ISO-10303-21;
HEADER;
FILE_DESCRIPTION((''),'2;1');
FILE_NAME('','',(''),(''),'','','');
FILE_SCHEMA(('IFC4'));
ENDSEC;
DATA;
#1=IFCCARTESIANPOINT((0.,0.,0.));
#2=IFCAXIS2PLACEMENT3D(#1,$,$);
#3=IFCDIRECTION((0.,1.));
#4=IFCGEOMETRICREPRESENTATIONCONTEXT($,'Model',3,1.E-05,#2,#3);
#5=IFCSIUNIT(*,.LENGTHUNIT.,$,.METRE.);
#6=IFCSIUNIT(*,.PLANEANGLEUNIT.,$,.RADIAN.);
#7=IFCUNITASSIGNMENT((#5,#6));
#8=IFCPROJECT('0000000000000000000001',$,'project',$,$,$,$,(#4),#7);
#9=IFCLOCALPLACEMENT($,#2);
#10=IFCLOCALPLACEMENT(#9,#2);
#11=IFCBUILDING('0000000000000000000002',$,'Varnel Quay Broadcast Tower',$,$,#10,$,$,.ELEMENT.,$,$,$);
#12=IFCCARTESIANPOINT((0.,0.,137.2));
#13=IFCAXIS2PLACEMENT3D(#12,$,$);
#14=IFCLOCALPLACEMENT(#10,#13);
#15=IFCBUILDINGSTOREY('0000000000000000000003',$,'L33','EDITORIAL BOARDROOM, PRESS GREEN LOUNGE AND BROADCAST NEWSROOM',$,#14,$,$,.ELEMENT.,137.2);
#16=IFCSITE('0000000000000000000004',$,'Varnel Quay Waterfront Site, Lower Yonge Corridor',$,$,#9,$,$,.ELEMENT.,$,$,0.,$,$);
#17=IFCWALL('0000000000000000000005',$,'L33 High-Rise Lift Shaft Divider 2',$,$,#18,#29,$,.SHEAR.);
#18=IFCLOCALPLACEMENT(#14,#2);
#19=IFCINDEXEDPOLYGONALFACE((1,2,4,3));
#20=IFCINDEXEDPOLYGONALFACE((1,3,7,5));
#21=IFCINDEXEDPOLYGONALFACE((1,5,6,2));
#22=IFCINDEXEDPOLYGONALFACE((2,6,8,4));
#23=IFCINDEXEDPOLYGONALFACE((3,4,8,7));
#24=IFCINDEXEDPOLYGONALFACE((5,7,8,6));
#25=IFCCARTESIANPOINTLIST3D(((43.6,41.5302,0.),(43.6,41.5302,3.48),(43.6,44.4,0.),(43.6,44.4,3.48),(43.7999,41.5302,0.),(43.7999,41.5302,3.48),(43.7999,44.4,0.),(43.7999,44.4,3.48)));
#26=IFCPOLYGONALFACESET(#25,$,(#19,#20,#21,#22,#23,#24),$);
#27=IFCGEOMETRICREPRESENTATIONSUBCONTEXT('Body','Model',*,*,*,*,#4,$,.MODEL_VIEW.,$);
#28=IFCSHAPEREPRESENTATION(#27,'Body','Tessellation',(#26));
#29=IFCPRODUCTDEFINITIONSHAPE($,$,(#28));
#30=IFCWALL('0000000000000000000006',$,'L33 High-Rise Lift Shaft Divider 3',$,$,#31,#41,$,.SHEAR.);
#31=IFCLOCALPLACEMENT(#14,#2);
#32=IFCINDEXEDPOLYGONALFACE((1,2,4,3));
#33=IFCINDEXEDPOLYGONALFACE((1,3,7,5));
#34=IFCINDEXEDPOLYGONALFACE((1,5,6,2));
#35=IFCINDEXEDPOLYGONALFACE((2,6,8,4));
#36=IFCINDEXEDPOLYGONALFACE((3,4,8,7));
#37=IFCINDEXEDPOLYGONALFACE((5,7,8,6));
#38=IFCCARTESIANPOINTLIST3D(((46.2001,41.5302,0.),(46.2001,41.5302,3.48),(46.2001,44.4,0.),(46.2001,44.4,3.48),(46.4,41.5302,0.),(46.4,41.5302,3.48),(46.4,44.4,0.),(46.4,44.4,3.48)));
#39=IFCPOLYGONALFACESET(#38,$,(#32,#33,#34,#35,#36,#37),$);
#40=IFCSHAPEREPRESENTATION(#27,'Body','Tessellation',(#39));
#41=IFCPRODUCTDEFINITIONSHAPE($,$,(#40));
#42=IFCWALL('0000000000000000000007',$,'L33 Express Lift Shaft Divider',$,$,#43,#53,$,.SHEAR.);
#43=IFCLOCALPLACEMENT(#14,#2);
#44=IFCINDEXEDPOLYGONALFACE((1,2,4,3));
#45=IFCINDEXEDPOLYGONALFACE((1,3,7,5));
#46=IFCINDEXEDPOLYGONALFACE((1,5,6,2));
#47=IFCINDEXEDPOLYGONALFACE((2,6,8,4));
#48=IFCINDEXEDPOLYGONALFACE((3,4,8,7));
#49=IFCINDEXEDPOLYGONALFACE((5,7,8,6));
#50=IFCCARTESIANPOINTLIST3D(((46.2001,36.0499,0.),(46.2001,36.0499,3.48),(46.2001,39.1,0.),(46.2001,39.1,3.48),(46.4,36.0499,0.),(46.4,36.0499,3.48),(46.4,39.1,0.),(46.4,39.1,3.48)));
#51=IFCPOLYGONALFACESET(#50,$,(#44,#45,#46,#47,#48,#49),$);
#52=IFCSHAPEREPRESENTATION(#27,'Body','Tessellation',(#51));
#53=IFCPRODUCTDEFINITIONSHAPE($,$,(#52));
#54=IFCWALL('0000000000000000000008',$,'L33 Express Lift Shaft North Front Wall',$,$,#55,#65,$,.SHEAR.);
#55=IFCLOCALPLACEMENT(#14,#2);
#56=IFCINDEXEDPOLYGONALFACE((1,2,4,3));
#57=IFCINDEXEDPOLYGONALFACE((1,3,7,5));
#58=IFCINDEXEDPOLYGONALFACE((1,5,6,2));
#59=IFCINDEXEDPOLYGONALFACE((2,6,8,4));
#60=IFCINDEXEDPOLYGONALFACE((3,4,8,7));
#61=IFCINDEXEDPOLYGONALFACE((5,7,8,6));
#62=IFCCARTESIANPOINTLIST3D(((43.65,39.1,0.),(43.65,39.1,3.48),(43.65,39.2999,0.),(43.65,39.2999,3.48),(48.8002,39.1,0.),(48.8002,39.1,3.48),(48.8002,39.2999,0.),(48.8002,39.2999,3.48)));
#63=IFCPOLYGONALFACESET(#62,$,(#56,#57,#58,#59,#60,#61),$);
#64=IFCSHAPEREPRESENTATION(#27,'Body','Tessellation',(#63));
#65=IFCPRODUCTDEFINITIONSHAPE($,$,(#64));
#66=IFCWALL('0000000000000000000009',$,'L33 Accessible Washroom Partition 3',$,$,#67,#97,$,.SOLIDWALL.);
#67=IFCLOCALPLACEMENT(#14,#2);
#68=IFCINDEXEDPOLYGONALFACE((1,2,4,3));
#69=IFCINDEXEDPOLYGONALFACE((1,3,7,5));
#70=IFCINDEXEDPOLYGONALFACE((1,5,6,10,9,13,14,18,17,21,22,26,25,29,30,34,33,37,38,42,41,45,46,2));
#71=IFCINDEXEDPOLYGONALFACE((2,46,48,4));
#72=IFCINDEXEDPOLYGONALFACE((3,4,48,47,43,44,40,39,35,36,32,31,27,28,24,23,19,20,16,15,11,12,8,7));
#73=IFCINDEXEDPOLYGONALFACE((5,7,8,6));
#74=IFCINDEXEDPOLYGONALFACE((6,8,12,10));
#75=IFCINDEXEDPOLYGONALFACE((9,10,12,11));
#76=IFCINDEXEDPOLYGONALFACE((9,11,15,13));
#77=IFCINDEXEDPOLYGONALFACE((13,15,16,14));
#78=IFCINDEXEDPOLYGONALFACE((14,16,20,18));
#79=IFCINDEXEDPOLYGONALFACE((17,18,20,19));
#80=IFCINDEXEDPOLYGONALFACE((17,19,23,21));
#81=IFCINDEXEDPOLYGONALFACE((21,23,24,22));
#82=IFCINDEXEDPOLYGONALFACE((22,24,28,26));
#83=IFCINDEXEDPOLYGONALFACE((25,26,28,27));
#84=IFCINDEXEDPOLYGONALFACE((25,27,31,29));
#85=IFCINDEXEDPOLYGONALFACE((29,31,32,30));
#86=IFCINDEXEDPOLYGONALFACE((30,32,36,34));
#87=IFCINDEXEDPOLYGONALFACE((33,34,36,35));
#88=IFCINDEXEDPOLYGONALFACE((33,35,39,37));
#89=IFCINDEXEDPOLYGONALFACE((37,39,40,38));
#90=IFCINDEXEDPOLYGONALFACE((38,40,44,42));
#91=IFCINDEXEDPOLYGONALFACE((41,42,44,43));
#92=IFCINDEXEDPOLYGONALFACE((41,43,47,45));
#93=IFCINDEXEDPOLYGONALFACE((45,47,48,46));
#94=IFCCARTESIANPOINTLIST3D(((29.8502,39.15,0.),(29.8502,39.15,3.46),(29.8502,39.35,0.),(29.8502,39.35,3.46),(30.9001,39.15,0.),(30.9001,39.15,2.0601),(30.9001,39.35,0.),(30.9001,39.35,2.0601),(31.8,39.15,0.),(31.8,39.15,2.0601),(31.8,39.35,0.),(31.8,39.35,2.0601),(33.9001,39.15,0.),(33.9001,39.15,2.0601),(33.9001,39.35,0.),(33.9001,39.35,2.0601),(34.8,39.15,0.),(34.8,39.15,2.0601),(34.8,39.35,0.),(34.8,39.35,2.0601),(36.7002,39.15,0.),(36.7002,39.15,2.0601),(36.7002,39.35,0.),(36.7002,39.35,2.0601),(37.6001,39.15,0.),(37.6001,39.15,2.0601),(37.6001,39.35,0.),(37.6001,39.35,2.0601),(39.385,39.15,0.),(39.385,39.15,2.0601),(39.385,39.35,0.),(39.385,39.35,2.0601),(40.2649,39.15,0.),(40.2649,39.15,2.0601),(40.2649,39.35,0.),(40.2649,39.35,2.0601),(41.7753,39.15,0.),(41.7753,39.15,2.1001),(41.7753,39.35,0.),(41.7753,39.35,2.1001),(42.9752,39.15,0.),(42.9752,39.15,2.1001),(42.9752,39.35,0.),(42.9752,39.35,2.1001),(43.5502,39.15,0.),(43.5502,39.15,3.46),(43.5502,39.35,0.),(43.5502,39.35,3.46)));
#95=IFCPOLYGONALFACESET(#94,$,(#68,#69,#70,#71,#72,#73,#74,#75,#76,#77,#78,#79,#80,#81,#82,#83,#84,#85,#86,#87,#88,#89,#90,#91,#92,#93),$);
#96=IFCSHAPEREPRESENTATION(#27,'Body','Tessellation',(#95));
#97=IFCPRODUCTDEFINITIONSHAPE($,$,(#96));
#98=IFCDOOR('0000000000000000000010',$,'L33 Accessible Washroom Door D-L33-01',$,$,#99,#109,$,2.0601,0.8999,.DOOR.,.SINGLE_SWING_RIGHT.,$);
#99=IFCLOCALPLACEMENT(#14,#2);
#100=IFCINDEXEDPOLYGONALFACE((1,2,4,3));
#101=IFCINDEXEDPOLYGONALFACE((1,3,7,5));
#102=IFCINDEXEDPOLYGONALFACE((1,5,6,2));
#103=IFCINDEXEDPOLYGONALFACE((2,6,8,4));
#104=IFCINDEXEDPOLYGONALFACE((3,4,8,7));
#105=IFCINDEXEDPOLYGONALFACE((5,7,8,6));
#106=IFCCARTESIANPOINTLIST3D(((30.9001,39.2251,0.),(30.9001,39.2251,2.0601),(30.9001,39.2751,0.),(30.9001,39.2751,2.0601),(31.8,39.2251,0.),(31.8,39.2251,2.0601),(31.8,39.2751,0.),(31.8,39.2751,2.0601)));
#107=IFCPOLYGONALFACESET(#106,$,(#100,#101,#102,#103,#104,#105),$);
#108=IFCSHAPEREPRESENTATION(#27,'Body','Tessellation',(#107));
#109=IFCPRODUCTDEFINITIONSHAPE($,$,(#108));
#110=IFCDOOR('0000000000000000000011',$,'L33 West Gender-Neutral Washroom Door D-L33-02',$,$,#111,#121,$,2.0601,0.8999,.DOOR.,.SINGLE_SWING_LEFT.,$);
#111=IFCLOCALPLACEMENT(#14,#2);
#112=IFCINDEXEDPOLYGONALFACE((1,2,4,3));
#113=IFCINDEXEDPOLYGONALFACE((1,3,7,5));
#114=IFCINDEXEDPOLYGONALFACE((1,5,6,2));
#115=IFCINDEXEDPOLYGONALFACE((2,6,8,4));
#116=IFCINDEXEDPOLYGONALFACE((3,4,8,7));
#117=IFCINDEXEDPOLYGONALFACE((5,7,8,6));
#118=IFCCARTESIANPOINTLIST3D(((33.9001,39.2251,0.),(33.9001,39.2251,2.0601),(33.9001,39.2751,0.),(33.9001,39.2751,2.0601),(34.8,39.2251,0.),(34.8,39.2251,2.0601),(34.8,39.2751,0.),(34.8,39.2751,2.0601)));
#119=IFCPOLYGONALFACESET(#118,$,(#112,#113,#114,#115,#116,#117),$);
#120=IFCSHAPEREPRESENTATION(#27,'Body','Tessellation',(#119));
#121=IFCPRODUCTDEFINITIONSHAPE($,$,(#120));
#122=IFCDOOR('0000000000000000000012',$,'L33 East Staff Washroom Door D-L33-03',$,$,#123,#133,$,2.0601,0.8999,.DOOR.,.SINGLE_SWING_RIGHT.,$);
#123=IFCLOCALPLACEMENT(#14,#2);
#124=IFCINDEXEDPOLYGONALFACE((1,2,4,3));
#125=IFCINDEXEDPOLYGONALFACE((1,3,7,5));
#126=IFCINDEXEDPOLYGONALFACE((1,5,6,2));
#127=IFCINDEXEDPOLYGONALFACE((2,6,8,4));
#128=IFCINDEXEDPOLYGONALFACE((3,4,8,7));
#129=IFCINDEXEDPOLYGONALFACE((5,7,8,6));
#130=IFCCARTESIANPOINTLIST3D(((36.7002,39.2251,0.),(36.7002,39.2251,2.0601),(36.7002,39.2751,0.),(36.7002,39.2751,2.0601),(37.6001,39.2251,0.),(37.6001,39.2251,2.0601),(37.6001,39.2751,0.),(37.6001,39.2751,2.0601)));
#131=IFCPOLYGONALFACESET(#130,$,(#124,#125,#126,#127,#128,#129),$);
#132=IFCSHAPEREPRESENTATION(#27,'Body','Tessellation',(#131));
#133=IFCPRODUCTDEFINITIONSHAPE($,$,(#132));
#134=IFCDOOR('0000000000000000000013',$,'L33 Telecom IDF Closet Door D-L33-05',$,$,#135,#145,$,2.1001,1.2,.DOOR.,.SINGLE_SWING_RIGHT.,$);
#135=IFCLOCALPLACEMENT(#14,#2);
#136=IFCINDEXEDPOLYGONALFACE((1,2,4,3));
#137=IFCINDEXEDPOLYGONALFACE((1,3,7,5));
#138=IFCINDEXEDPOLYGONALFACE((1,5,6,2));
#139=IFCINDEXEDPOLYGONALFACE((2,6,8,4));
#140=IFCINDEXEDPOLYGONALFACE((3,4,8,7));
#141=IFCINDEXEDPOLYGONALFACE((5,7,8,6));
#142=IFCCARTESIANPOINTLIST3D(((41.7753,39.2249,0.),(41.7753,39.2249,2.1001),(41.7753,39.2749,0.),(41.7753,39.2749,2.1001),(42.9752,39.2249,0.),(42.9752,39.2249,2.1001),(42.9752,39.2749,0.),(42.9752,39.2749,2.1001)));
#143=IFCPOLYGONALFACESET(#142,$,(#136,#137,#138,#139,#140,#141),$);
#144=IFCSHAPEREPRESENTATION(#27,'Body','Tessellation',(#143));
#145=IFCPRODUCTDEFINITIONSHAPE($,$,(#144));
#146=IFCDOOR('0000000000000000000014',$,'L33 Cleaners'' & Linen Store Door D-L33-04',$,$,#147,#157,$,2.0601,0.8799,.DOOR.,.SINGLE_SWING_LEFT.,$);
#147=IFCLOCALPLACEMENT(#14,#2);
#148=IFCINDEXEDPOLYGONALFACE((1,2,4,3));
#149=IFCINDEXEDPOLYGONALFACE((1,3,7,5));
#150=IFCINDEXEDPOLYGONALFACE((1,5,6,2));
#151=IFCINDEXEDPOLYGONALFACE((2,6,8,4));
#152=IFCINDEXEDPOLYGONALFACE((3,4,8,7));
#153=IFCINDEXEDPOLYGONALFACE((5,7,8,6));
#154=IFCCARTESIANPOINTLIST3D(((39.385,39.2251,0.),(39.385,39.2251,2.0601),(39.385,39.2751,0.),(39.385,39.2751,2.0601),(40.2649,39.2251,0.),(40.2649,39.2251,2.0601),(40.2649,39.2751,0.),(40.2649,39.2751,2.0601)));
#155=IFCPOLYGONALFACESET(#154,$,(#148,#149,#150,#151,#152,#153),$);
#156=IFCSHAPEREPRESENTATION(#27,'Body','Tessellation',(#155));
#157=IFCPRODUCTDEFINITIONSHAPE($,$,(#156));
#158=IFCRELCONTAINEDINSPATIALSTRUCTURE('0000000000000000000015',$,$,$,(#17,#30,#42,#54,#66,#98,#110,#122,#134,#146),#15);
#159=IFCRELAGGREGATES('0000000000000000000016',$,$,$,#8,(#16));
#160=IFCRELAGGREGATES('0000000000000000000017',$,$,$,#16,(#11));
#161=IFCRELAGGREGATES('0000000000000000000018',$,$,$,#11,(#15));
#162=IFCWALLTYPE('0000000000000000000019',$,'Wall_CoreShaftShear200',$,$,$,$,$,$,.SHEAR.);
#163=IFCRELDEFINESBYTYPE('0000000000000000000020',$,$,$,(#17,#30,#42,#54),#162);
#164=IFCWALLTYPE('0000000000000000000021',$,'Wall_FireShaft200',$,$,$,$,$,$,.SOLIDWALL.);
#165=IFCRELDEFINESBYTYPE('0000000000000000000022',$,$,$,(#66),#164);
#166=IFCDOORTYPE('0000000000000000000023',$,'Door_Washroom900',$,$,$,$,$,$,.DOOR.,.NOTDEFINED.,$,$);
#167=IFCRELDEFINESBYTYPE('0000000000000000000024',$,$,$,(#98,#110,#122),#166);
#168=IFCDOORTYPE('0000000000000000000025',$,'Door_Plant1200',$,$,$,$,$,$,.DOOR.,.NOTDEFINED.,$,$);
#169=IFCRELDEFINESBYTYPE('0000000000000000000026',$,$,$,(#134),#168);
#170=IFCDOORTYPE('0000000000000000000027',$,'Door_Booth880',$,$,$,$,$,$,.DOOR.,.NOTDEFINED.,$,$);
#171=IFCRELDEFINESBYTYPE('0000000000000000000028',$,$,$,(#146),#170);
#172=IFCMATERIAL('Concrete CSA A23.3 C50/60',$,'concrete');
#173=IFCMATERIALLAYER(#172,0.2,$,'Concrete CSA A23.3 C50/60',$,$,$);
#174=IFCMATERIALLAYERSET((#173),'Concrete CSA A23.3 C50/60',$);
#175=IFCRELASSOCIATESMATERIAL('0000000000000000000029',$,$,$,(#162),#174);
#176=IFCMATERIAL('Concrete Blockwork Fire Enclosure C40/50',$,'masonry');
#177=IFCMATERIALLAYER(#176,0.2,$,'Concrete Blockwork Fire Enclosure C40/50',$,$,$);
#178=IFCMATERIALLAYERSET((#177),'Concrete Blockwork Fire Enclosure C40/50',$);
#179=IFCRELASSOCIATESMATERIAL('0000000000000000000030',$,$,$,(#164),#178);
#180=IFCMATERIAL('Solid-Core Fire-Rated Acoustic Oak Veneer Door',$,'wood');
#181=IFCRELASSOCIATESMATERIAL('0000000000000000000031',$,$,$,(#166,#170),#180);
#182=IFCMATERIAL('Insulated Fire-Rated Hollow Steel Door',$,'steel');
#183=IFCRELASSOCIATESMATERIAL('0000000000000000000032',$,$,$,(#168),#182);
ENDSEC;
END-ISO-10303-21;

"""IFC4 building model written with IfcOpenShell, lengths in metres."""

from ifc_helpers import new_model, si_unit, direction, frame, frame_2d, origin, place, context, subcontext, project, spatial, rectangle, extrude, source, transform, mapped, material, layer, layer_set, type_object, type_shapes, element, fill, save


model = new_model("IFC4")

# Units and contexts
model_context = context("Model", 3, precision=1e-05, world=origin(), true_north=direction((0.0, 1.0)))
body_context = subcontext(model_context, "Body", "Model", "MODEL_VIEW")
ifc_project = project(units=[si_unit("LENGTHUNIT", "METRE"), si_unit("PLANEANGLEUNIT", "RADIAN")], contexts=[model_context])

# Site, building, storey
site_placement = place(None, origin())
site = spatial("IfcSite", under=ifc_project, at=site_placement, Name="Varnel Quay Waterfront Site, Lower Yonge Corridor", CompositionType="ELEMENT", RefElevation=0.0)
building_placement = place(site_placement, origin())
building = spatial("IfcBuilding", under=site, at=building_placement, Name="Varnel Quay Broadcast Tower", CompositionType="ELEMENT")
storey_placement = place(building_placement, frame((0.0, 0.0, 137.2)))
storey = spatial("IfcBuildingStorey", under=building, at=storey_placement, Name="L33", Description="EDITORIAL BOARDROOM, PRESS GREEN LOUNGE AND BROADCAST NEWSROOM", CompositionType="ELEMENT", Elevation=137.2)

# Walls
ifc_material_1 = material(Name="Concrete CSA A23.3 C50/60", Category="concrete")
ifc_layer_1 = layer(ifc_material_1, 0.2, Name="Concrete CSA A23.3 C50/60")
ifc_layer_set_1 = layer_set([ifc_layer_1], Name="Concrete CSA A23.3 C50/60")
wall_type_1 = type_object("IfcWallType", Name="Wall_CoreShaftShear200", PredefinedType="SHEAR", material=ifc_layer_set_1)
for number, where, z_axis, x_axis, name in (
    (1, (43.7, 41.53, 0.0), (0.0, 0.0, 1.0), (0.0, 1.0, 0.0), "L33 High-Rise Lift Shaft Divider 2"),
    (2, (46.3, 41.53, 0.0), (0.0, 0.0, 1.0), (0.0, 1.0, 0.0), "L33 High-Rise Lift Shaft Divider 3"),
):
    element("IfcWall", number, at=place(storey_placement, frame(where, z_axis=z_axis, x_axis=x_axis)), inside=storey, type_object=wall_type_1, Name=name, PredefinedType="SHEAR", context=body_context, shape_type="SweptSolid", body=[
        extrude(rectangle(XDim=2.8699, YDim=0.2, at=frame_2d((1.4351, 0.0))), origin(), (0.0, 0.0, 1.0), 3.48),
    ])
wall_1_placement = place(storey_placement, frame((46.3, 36.05, 0.0), z_axis=(0.0, 0.0, 1.0), x_axis=(0.0, 1.0, 0.0)))
element("IfcWall", 3, at=wall_1_placement, inside=storey, type_object=wall_type_1, Name="L33 Express Lift Shaft Divider", PredefinedType="SHEAR", context=body_context, shape_type="SweptSolid", body=[
    extrude(rectangle(XDim=3.05, YDim=0.2, at=frame_2d((1.5249, 0.0))), origin(), (0.0, 0.0, 1.0), 3.48),
])
wall_2_placement = place(storey_placement, frame((43.6499, 39.2, 0.0), z_axis=(0.0, 0.0, 1.0), x_axis=(1.0, 0.0, 0.0)))
element("IfcWall", 4, at=wall_2_placement, inside=storey, type_object=wall_type_1, Name="L33 Express Lift Shaft North Front Wall", PredefinedType="SHEAR", context=body_context, shape_type="SweptSolid", body=[
    extrude(rectangle(XDim=5.1501, YDim=0.2, at=frame_2d((2.5752, 0.0))), origin(), (0.0, 0.0, 1.0), 3.48),
])

# Wall, openings, doors
ifc_material_2 = material(Name="Concrete Blockwork Fire Enclosure C40/50", Category="masonry")
ifc_layer_2 = layer(ifc_material_2, 0.2, Name="Concrete Blockwork Fire Enclosure C40/50")
ifc_layer_set_2 = layer_set([ifc_layer_2], Name="Concrete Blockwork Fire Enclosure C40/50")
wall_type_2 = type_object("IfcWallType", Name="Wall_FireShaft200", PredefinedType="SOLIDWALL", material=ifc_layer_set_2)
wall_3_placement = place(storey_placement, frame((29.8501, 39.25, 0.0), z_axis=(0.0, 0.0, 1.0), x_axis=(1.0, 0.0, 0.0)))
wall_3 = element("IfcWall", 5, at=wall_3_placement, inside=storey, type_object=wall_type_2, Name="L33 Accessible Washroom Partition 3", PredefinedType="SOLIDWALL", context=body_context, shape_type="SweptSolid", body=[
    extrude(rectangle(XDim=13.7, YDim=0.2, at=frame_2d((6.8501, 0.0))), origin(), (0.0, 0.0, 1.0), 3.46),
])
opening_1_placement = place(wall_3_placement, frame((1.05, 0.0, 0.0)))
opening_1 = element("IfcOpeningElement", 6, at=opening_1_placement, cuts=wall_3, PredefinedType="OPENING", context=body_context, shape_type="SweptSolid", body=[
    extrude(rectangle(XDim=0.8999, YDim=2.0601, at=frame_2d((0.45, 1.03))), frame((0.0, 0.1099, 0.0), z_axis=(0.0, -1.0, 0.0), x_axis=(1.0, 0.0, 0.0)), (0.0, 0.0, 1.0), 0.22),
])
opening_2_placement = place(wall_3_placement, frame((4.05, 0.0, 0.0)))
opening_2 = element("IfcOpeningElement", 7, at=opening_2_placement, cuts=wall_3, PredefinedType="OPENING", context=body_context, shape_type="SweptSolid", body=[
    extrude(rectangle(XDim=0.8999, YDim=2.0601, at=frame_2d((0.45, 1.03))), frame((0.0, 0.1099, 0.0), z_axis=(0.0, -1.0, 0.0), x_axis=(1.0, 0.0, 0.0)), (0.0, 0.0, 1.0), 0.22),
])
opening_3_placement = place(wall_3_placement, frame((6.8501, 0.0, 0.0)))
opening_3 = element("IfcOpeningElement", 8, at=opening_3_placement, cuts=wall_3, PredefinedType="OPENING", context=body_context, shape_type="SweptSolid", body=[
    extrude(rectangle(XDim=0.8999, YDim=2.0601, at=frame_2d((0.45, 1.03))), frame((0.0, 0.1099, 0.0), z_axis=(0.0, -1.0, 0.0), x_axis=(1.0, 0.0, 0.0)), (0.0, 0.0, 1.0), 0.22),
])
opening_4_placement = place(wall_3_placement, frame((9.5349, 0.0, 0.0)))
opening_4 = element("IfcOpeningElement", 9, at=opening_4_placement, cuts=wall_3, PredefinedType="OPENING", context=body_context, shape_type="SweptSolid", body=[
    extrude(rectangle(XDim=0.8799, YDim=2.0601, at=frame_2d((0.4399, 1.03))), frame((0.0, 0.1099, 0.0), z_axis=(0.0, -1.0, 0.0), x_axis=(1.0, 0.0, 0.0)), (0.0, 0.0, 1.0), 0.22),
])
opening_5_placement = place(wall_3_placement, frame((11.925, 0.0, 0.0)))
opening_5 = element("IfcOpeningElement", 10, at=opening_5_placement, cuts=wall_3, PredefinedType="OPENING", context=body_context, shape_type="SweptSolid", body=[
    extrude(rectangle(XDim=1.2, YDim=2.1001, at=frame_2d((0.6001, 1.05))), frame((0.0, 0.1099, 0.0), z_axis=(0.0, -1.0, 0.0), x_axis=(1.0, 0.0, 0.0)), (0.0, 0.0, 1.0), 0.22),
])
ifc_material_3 = material(Name="Solid-Core Fire-Rated Acoustic Oak Veneer Door", Category="wood")
door_type_1 = type_object("IfcDoorType", Name="Door_Washroom900", OperationType="NOTDEFINED", PredefinedType="DOOR", material=ifc_material_3)
shared_shape_1 = source(origin(), body_context, "Body", "SweptSolid", [
    extrude(rectangle(XDim=0.8999, YDim=2.0601, at=frame_2d((0.45, 1.03))), frame((0.0, 0.0249, 0.0), z_axis=(0.0, -1.0, 0.0), x_axis=(1.0, 0.0, 0.0)), (0.0, 0.0, 1.0), 0.05),
])
type_shapes(door_type_1, [shared_shape_1])
door_1_placement = place(opening_1_placement, frame((0.8999, 0.0, 0.0), z_axis=(0.0, 0.0, 1.0), x_axis=(-1.0, 0.0, 0.0)))
door_1 = element("IfcDoor", 11, at=door_1_placement, inside=storey, type_object=door_type_1, Name="L33 Accessible Washroom Door D-L33-01", OperationType="SINGLE_SWING_RIGHT", OverallHeight=2.0601, OverallWidth=0.8999, PredefinedType="DOOR", context=body_context, shape_type="MappedRepresentation", body=[
    mapped(shared_shape_1, transform((0.0, 0.0, 0.0), x_axis=(1.0, 0.0, 0.0), y_axis=(0.0, 1.0, 0.0), z_axis=(0.0, 0.0, 1.0), scale=1.0)),
])
fill(opening_1, door_1)
door_2_placement = place(opening_2_placement, frame((0.8999, 0.0, 0.0), z_axis=(0.0, 0.0, 1.0), x_axis=(-1.0, 0.0, 0.0)))
door_2 = element("IfcDoor", 12, at=door_2_placement, inside=storey, type_object=door_type_1, Name="L33 West Gender-Neutral Washroom Door D-L33-02", OperationType="SINGLE_SWING_LEFT", OverallHeight=2.0601, OverallWidth=0.8999, PredefinedType="DOOR", context=body_context, shape_type="MappedRepresentation", body=[
    mapped(shared_shape_1, transform((0.0, 0.0, 0.0), x_axis=(1.0, 0.0, 0.0), y_axis=(0.0, 1.0, 0.0), z_axis=(0.0, 0.0, 1.0), scale=1.0)),
])
fill(opening_2, door_2)
door_3_placement = place(opening_3_placement, frame((0.8999, 0.0, 0.0), z_axis=(0.0, 0.0, 1.0), x_axis=(-1.0, 0.0, 0.0)))
door_3 = element("IfcDoor", 13, at=door_3_placement, inside=storey, type_object=door_type_1, Name="L33 East Staff Washroom Door D-L33-03", OperationType="SINGLE_SWING_RIGHT", OverallHeight=2.0601, OverallWidth=0.8999, PredefinedType="DOOR", context=body_context, shape_type="MappedRepresentation", body=[
    mapped(shared_shape_1, transform((0.0, 0.0, 0.0), x_axis=(1.0, 0.0, 0.0), y_axis=(0.0, 1.0, 0.0), z_axis=(0.0, 0.0, 1.0), scale=1.0)),
])
fill(opening_3, door_3)
ifc_material_4 = material(Name="Insulated Fire-Rated Hollow Steel Door", Category="steel")
door_type_2 = type_object("IfcDoorType", Name="Door_Plant1200", OperationType="NOTDEFINED", PredefinedType="DOOR", material=ifc_material_4)
shared_shape_2 = source(origin(), body_context, "Body", "SweptSolid", [
    extrude(rectangle(XDim=1.2, YDim=2.1001, at=frame_2d((0.6001, 1.05))), frame((0.0, 0.0249, 0.0), z_axis=(0.0, -1.0, 0.0), x_axis=(1.0, 0.0, 0.0)), (0.0, 0.0, 1.0), 0.05),
])
type_shapes(door_type_2, [shared_shape_2])
door_4_placement = place(opening_5_placement, origin())
door_4 = element("IfcDoor", 14, at=door_4_placement, inside=storey, type_object=door_type_2, Name="L33 Telecom IDF Closet Door D-L33-05", OperationType="SINGLE_SWING_RIGHT", OverallHeight=2.1001, OverallWidth=1.2, PredefinedType="DOOR", context=body_context, shape_type="MappedRepresentation", body=[
    mapped(shared_shape_2, transform((0.0, 0.0, 0.0), x_axis=(1.0, 0.0, 0.0), y_axis=(0.0, 1.0, 0.0), z_axis=(0.0, 0.0, 1.0), scale=1.0)),
])
fill(opening_5, door_4)
door_type_3 = type_object("IfcDoorType", Name="Door_Booth880", OperationType="NOTDEFINED", PredefinedType="DOOR", material=ifc_material_3)
shared_shape_3 = source(origin(), body_context, "Body", "SweptSolid", [
    extrude(rectangle(XDim=0.8799, YDim=2.0601, at=frame_2d((0.4399, 1.03))), frame((0.0, 0.0249, 0.0), z_axis=(0.0, -1.0, 0.0), x_axis=(1.0, 0.0, 0.0)), (0.0, 0.0, 1.0), 0.05),
])
type_shapes(door_type_3, [shared_shape_3])
door_5_placement = place(opening_4_placement, frame((0.8799, 0.0, 0.0), z_axis=(0.0, 0.0, 1.0), x_axis=(-1.0, 0.0, 0.0)))
door_5 = element("IfcDoor", 15, at=door_5_placement, inside=storey, type_object=door_type_3, Name="L33 Cleaners' & Linen Store Door D-L33-04", OperationType="SINGLE_SWING_LEFT", OverallHeight=2.0601, OverallWidth=0.8799, PredefinedType="DOOR", context=body_context, shape_type="MappedRepresentation", body=[
    mapped(shared_shape_3, transform((0.0, 0.0, 0.0), x_axis=(1.0, 0.0, 0.0), y_axis=(0.0, 1.0, 0.0), z_axis=(0.0, 0.0, 1.0), scale=1.0)),
])
fill(opening_4, door_5)

save(model, "model.ifc")
